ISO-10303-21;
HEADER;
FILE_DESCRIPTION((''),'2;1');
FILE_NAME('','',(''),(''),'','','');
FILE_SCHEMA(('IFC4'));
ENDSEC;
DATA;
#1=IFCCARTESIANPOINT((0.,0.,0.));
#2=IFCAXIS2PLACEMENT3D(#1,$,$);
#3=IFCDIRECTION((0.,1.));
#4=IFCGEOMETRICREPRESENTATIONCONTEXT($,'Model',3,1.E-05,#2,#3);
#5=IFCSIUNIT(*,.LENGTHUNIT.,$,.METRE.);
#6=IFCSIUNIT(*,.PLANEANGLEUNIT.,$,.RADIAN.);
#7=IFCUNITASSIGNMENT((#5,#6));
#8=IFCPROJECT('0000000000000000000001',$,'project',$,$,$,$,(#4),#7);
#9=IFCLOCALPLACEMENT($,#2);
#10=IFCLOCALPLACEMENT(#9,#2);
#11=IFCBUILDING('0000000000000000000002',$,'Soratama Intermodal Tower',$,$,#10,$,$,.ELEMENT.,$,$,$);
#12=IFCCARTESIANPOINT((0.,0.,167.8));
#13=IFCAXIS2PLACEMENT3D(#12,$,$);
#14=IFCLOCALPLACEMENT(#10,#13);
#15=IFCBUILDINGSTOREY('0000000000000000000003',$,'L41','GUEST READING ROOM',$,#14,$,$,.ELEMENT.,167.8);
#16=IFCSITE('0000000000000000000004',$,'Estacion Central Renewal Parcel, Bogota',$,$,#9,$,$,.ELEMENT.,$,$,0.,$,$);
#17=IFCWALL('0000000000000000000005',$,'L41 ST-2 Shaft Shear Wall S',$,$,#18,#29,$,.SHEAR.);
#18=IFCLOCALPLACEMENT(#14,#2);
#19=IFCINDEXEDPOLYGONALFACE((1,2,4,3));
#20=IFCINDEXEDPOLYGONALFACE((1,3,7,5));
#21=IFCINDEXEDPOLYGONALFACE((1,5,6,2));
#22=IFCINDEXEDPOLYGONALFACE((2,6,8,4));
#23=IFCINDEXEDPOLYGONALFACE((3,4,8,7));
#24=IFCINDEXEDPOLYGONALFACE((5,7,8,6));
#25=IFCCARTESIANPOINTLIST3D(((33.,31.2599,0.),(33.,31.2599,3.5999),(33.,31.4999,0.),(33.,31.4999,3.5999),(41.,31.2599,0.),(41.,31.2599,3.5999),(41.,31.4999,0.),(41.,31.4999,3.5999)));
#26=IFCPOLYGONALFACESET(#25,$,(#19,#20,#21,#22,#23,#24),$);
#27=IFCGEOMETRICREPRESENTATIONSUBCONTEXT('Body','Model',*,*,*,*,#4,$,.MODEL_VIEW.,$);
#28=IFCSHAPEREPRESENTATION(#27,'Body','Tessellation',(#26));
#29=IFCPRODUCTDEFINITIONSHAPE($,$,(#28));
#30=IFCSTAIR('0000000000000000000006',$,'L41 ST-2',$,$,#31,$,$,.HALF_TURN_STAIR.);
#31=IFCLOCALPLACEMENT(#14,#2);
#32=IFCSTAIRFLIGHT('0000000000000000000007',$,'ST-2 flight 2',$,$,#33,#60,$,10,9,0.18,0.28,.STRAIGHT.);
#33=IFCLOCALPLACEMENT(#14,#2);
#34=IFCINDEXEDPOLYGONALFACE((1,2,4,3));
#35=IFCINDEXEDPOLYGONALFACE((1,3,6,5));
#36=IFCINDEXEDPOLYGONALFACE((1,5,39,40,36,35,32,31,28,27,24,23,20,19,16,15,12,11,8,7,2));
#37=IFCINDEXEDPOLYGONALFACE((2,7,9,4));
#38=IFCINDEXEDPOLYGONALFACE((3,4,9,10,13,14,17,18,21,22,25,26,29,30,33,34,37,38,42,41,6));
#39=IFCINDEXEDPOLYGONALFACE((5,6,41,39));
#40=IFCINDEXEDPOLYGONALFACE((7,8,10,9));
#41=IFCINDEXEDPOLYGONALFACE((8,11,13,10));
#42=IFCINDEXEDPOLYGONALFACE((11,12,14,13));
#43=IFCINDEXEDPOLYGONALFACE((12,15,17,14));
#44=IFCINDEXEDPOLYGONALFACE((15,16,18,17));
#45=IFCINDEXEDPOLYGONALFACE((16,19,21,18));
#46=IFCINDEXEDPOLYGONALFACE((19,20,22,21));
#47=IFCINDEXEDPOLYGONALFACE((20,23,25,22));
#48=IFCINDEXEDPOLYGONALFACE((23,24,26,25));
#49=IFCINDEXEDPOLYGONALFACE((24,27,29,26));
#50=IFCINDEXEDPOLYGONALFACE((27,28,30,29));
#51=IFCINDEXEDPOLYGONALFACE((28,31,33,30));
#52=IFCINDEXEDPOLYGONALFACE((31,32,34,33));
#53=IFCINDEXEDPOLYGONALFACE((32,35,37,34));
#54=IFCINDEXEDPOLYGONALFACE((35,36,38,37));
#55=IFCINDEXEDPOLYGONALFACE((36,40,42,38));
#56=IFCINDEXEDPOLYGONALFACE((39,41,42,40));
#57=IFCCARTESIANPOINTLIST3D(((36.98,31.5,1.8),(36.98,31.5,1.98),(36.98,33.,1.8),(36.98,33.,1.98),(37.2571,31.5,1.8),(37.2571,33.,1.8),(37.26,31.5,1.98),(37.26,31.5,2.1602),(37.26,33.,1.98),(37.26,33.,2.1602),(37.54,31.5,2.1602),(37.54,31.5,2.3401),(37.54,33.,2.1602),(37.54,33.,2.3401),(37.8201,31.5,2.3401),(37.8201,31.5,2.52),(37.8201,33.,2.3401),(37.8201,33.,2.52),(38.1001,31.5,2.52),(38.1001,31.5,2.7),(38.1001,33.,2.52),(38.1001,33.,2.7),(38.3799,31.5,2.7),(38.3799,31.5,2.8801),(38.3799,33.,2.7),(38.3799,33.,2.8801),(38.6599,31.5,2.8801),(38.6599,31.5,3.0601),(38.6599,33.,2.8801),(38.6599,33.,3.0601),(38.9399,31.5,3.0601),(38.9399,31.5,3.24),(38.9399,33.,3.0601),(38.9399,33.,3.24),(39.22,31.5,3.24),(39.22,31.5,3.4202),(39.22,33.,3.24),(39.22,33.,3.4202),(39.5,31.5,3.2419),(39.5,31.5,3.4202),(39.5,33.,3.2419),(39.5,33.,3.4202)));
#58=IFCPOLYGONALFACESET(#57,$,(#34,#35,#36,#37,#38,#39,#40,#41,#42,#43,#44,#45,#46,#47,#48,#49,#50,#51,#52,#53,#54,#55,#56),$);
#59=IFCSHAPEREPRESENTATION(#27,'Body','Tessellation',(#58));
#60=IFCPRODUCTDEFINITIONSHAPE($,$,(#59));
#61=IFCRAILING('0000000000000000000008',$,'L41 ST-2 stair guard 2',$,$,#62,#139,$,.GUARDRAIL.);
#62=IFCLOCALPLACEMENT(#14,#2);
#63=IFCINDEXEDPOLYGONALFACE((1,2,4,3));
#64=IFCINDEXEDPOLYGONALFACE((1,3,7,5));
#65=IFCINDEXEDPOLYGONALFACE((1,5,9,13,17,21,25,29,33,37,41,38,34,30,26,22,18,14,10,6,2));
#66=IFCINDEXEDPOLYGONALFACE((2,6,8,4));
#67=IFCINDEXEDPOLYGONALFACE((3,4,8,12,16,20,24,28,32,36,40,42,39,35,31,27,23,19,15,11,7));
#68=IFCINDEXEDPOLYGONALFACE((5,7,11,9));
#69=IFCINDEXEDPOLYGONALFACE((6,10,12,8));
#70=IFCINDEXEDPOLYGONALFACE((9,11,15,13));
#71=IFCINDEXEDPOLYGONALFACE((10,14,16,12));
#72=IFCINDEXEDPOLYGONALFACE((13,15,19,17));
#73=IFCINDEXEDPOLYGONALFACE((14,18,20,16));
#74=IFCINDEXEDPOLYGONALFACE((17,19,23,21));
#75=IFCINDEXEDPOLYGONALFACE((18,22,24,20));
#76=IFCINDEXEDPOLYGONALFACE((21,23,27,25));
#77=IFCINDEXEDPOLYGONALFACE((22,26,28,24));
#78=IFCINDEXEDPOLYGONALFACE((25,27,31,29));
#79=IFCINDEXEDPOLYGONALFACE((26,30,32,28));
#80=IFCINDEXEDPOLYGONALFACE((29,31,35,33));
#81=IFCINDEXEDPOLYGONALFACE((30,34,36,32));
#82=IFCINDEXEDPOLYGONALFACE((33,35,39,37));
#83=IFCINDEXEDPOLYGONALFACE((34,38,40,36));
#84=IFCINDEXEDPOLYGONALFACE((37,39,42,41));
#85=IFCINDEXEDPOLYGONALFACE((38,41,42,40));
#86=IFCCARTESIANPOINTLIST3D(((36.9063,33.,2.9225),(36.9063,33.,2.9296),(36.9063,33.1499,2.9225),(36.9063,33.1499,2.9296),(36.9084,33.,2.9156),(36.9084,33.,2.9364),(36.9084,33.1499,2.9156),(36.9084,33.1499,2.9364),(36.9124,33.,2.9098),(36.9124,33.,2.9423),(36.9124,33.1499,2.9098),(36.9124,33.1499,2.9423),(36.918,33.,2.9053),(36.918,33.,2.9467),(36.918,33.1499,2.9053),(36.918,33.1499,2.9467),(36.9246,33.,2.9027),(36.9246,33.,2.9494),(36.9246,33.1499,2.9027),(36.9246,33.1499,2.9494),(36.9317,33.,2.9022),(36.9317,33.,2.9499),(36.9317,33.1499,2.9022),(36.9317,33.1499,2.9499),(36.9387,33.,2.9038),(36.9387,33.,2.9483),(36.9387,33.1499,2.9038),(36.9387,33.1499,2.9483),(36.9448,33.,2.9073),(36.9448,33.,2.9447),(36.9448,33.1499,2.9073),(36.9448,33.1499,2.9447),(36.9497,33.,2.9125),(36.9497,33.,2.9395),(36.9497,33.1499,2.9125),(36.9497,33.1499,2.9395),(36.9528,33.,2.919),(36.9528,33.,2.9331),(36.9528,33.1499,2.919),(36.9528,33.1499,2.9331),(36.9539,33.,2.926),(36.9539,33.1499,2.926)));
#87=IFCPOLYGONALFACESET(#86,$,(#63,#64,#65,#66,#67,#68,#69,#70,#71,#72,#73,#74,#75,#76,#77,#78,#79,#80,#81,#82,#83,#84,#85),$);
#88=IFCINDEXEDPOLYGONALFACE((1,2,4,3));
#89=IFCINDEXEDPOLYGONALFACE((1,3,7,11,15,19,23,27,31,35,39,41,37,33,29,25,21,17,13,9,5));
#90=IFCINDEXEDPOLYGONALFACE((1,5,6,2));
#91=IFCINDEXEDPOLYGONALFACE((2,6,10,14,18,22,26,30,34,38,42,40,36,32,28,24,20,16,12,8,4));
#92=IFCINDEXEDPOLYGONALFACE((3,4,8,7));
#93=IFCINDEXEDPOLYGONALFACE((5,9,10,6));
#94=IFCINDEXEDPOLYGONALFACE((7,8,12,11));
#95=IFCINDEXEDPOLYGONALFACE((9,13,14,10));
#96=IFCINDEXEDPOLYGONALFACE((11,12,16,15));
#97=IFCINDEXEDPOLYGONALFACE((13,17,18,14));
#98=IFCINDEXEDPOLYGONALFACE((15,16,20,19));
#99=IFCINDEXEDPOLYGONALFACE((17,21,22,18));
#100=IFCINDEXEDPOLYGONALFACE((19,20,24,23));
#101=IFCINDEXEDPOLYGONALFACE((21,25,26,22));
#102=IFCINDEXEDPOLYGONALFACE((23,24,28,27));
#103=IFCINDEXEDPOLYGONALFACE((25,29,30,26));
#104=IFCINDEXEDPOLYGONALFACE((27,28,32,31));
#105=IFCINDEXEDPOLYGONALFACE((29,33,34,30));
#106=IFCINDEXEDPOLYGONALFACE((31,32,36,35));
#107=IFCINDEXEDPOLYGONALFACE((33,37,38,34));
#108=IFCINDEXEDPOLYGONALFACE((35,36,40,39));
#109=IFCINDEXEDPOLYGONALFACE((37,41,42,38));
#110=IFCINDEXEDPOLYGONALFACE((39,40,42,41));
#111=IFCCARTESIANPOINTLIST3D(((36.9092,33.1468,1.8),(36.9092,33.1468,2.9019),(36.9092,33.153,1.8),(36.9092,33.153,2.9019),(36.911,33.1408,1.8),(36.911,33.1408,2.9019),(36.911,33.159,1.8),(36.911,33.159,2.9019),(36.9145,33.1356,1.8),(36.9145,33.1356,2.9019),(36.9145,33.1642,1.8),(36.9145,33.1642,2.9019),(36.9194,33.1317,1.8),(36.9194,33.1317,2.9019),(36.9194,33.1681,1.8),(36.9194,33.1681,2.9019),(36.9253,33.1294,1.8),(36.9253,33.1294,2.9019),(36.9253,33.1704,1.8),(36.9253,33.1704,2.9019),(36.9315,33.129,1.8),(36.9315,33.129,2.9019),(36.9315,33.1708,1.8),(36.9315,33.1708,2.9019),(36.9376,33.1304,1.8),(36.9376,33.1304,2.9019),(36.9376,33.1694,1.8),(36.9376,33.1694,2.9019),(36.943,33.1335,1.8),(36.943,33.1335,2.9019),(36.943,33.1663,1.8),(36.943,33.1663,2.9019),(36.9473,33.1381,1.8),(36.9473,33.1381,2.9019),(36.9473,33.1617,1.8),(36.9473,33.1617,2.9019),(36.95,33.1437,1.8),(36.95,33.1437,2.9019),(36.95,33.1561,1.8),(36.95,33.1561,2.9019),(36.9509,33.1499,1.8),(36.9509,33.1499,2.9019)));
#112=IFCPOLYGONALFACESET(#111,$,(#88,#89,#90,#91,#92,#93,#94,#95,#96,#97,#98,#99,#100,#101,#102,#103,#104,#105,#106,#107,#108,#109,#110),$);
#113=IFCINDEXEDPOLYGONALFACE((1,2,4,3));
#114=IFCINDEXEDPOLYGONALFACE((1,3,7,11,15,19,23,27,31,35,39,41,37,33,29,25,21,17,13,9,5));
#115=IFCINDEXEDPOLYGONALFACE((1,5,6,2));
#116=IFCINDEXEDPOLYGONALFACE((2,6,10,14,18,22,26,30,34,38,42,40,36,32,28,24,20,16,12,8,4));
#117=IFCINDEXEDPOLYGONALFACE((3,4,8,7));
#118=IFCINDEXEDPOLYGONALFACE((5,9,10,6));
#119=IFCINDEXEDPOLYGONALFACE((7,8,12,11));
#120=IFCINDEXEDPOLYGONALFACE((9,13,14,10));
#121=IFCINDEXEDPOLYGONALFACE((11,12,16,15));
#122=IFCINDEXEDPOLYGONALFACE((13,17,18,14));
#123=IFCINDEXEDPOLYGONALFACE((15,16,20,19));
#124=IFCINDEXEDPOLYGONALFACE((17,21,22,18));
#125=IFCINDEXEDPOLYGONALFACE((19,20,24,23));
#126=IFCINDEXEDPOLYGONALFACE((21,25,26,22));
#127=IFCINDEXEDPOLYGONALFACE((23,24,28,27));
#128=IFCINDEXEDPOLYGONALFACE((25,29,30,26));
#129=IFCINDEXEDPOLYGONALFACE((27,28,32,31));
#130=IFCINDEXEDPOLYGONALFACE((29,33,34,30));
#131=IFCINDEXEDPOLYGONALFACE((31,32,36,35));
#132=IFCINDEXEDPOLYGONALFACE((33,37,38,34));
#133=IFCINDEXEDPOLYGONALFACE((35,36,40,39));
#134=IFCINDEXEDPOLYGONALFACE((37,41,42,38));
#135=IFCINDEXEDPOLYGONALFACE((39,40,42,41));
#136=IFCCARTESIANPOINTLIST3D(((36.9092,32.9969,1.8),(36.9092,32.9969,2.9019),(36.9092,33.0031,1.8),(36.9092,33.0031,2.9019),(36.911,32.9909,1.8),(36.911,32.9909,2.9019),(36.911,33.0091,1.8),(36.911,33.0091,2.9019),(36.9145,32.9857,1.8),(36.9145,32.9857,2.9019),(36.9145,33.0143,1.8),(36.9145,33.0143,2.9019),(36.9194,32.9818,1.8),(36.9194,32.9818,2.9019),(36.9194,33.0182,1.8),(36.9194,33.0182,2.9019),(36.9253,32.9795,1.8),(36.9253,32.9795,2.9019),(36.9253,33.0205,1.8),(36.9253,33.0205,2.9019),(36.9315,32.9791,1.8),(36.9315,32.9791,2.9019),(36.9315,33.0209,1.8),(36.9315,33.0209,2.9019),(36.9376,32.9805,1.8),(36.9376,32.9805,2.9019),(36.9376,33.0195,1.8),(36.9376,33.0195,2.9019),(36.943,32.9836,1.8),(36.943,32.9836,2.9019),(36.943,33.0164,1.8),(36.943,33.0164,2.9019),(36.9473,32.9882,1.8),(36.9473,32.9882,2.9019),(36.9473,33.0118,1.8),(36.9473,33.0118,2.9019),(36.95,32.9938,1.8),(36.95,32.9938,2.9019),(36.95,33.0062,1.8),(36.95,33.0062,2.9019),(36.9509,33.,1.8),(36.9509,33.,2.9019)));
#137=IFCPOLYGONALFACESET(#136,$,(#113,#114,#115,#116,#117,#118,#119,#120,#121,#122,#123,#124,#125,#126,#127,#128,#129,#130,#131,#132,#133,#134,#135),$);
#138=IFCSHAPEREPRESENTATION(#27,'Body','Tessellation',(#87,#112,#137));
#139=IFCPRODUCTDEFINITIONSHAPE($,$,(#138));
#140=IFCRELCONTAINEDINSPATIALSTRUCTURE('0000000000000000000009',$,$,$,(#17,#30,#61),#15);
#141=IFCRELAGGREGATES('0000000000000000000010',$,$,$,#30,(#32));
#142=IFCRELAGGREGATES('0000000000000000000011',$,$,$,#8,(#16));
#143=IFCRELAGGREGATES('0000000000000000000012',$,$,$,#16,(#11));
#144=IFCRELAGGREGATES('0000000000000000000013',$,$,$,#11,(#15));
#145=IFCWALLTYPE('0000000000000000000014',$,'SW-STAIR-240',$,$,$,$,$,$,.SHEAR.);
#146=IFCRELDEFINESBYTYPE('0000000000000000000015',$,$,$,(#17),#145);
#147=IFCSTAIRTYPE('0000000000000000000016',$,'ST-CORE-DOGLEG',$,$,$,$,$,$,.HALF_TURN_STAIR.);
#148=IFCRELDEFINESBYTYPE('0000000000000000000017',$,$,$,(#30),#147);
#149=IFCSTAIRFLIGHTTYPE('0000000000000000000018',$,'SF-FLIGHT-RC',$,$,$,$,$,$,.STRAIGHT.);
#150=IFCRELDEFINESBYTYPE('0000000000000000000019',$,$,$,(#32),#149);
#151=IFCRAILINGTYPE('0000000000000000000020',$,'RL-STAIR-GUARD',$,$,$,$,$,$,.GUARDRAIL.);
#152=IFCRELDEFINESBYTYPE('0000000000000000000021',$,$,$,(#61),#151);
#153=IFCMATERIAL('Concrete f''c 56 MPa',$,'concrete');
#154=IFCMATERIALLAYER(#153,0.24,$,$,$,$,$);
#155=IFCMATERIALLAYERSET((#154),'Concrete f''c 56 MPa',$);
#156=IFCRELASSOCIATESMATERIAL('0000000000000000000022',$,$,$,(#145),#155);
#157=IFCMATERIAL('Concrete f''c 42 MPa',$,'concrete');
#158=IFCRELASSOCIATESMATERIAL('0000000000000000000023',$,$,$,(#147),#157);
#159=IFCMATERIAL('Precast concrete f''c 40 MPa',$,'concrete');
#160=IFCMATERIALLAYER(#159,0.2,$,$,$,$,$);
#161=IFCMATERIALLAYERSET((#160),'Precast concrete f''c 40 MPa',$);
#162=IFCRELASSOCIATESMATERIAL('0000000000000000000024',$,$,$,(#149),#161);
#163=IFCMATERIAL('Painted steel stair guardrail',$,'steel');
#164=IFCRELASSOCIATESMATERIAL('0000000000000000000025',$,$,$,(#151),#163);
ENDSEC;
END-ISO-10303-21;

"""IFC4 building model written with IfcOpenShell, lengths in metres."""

from ifc_helpers import new_model, si_unit, direction, frame, frame_2d, origin, origin_2d, place, context, subcontext, project, spatial, polyline, rectangle, circle, outline, extrude, material, layer, layer_set, type_object, element, aggregate, save


model = new_model("IFC4")

# Units and contexts
model_context = context("Model", 3, precision=1e-05, world=origin(), true_north=direction((0.0, 1.0)))
body_context = subcontext(model_context, "Body", "Model", "MODEL_VIEW")
ifc_project = project(units=[si_unit("LENGTHUNIT", "METRE"), si_unit("PLANEANGLEUNIT", "RADIAN")], contexts=[model_context])

# Site, building, storey
site_placement = place(None, origin())
site = spatial("IfcSite", under=ifc_project, at=site_placement, Name="Estacion Central Renewal Parcel, Bogota", CompositionType="ELEMENT", RefElevation=0.0)
building_placement = place(site_placement, origin())
building = spatial("IfcBuilding", under=site, at=building_placement, Name="Soratama Intermodal Tower", CompositionType="ELEMENT")
storey_placement = place(building_placement, frame((0.0, 0.0, 167.8)))
storey = spatial("IfcBuildingStorey", under=building, at=storey_placement, Name="L41", Description="GUEST READING ROOM", CompositionType="ELEMENT", Elevation=167.8)

# Shared definitions
ifc_material_1 = material(Name="Concrete f'c 56 MPa", Category="concrete")
ifc_layer_1 = layer(ifc_material_1, 0.24)
ifc_layer_set_1 = layer_set([ifc_layer_1], Name="Concrete f'c 56 MPa")
wall_type_1 = type_object("IfcWallType", Name="SW-STAIR-240", PredefinedType="SHEAR", material=ifc_layer_set_1)

# Wall
wall_1_placement = place(storey_placement, frame((33.0, 31.3799, 0.0), z_axis=(0.0, 0.0, 1.0), x_axis=(1.0, 0.0, 0.0)))
element("IfcWall", 1, at=wall_1_placement, inside=storey, type_object=wall_type_1, Name="L41 ST-2 Shaft Shear Wall S", PredefinedType="SHEAR", context=body_context, shape_type="SweptSolid", body=[
    extrude(rectangle(XDim=8.0, YDim=0.24, at=frame_2d((4.0, 0.0))), origin(), (0.0, 0.0, 1.0), 3.5999),
])

# Stair, stair flight
ifc_material_2 = material(Name="Concrete f'c 42 MPa", Category="concrete")
stair_type = type_object("IfcStairType", Name="ST-CORE-DOGLEG", PredefinedType="HALF_TURN_STAIR", material=ifc_material_2)
stair_placement = place(storey_placement, origin())
stair = element("IfcStair", 2, at=stair_placement, inside=storey, type_object=stair_type, Name="L41 ST-2", PredefinedType="HALF_TURN_STAIR")
ifc_material_3 = material(Name="Precast concrete f'c 40 MPa", Category="concrete")
ifc_layer_2 = layer(ifc_material_3, 0.2)
ifc_layer_set_2 = layer_set([ifc_layer_2], Name="Precast concrete f'c 40 MPa")
stair_flight_type = type_object("IfcStairFlightType", Name="SF-FLIGHT-RC", PredefinedType="STRAIGHT", material=ifc_layer_set_2)
stair_flight_placement = place(storey_placement, frame((36.98, 32.25, 1.8), z_axis=(0.0, 0.0, 1.0), x_axis=(1.0, 0.0, 0.0)))
stair_flight = element("IfcStairFlight", 3, at=stair_flight_placement, type_object=stair_flight_type, Name="ST-2 flight 2", NumberOfRisers=10, NumberOfTreads=9, PredefinedType="STRAIGHT", RiserHeight=0.18, TreadLength=0.28, context=body_context, shape_type="SweptSolid", body=[
    extrude(outline(polyline([(0.0, 0.0), (0.0, 0.1799), (0.28, 0.1799), (0.28, 0.3601), (0.5601, 0.3601), (0.5601, 0.54), (0.8401, 0.54), (0.8401, 0.72), (1.1201, 0.72), (1.1201, 0.8999), (1.3999, 0.8999), (1.3999, 1.0801), (1.6799, 1.0801), (1.6799, 1.26), (1.96, 1.26), (1.96, 1.4399), (2.24, 1.4399), (2.24, 1.6201), (2.52, 1.6201), (2.52, 1.8), (2.52, 1.4419), (0.2771, 0.0), (0.0, 0.0)])), frame((0.0, 0.75, 0.0), z_axis=(0.0, -1.0, 0.0), x_axis=(1.0, 0.0, 0.0)), (0.0, 0.0, 1.0), 1.5),
])
aggregate(stair, [stair_flight])

# Railing
ifc_material_4 = material(Name="Painted steel stair guardrail", Category="steel")
railing_type_1 = type_object("IfcRailingType", Name="RL-STAIR-GUARD", PredefinedType="GUARDRAIL", material=ifc_material_4)
railing_1_placement = place(storey_placement, frame((36.9299, 33.1499, 1.8)))
element("IfcRailing", 4, at=railing_1_placement, inside=storey, type_object=railing_type_1, Name="L41 ST-2 stair guard 2", PredefinedType="GUARDRAIL", context=body_context, shape_type="SweptSolid", body=[
    extrude(circle(Radius=0.0239, at=origin_2d()), frame((0.0, 0.0, 1.126), z_axis=(0.0, -1.0, 0.0), x_axis=(1.0, 0.0, 0.0)), (0.0, 0.0, 1.0), 0.1499),
    extrude(circle(Radius=0.021, at=origin_2d()), origin(), (0.0, 0.0, 1.0), 1.1018),
    extrude(circle(Radius=0.021, at=origin_2d()), frame((0.0, -0.1499, 0.0)), (0.0, 0.0, 1.0), 1.1018),
])

save(model, "model.ifc")
